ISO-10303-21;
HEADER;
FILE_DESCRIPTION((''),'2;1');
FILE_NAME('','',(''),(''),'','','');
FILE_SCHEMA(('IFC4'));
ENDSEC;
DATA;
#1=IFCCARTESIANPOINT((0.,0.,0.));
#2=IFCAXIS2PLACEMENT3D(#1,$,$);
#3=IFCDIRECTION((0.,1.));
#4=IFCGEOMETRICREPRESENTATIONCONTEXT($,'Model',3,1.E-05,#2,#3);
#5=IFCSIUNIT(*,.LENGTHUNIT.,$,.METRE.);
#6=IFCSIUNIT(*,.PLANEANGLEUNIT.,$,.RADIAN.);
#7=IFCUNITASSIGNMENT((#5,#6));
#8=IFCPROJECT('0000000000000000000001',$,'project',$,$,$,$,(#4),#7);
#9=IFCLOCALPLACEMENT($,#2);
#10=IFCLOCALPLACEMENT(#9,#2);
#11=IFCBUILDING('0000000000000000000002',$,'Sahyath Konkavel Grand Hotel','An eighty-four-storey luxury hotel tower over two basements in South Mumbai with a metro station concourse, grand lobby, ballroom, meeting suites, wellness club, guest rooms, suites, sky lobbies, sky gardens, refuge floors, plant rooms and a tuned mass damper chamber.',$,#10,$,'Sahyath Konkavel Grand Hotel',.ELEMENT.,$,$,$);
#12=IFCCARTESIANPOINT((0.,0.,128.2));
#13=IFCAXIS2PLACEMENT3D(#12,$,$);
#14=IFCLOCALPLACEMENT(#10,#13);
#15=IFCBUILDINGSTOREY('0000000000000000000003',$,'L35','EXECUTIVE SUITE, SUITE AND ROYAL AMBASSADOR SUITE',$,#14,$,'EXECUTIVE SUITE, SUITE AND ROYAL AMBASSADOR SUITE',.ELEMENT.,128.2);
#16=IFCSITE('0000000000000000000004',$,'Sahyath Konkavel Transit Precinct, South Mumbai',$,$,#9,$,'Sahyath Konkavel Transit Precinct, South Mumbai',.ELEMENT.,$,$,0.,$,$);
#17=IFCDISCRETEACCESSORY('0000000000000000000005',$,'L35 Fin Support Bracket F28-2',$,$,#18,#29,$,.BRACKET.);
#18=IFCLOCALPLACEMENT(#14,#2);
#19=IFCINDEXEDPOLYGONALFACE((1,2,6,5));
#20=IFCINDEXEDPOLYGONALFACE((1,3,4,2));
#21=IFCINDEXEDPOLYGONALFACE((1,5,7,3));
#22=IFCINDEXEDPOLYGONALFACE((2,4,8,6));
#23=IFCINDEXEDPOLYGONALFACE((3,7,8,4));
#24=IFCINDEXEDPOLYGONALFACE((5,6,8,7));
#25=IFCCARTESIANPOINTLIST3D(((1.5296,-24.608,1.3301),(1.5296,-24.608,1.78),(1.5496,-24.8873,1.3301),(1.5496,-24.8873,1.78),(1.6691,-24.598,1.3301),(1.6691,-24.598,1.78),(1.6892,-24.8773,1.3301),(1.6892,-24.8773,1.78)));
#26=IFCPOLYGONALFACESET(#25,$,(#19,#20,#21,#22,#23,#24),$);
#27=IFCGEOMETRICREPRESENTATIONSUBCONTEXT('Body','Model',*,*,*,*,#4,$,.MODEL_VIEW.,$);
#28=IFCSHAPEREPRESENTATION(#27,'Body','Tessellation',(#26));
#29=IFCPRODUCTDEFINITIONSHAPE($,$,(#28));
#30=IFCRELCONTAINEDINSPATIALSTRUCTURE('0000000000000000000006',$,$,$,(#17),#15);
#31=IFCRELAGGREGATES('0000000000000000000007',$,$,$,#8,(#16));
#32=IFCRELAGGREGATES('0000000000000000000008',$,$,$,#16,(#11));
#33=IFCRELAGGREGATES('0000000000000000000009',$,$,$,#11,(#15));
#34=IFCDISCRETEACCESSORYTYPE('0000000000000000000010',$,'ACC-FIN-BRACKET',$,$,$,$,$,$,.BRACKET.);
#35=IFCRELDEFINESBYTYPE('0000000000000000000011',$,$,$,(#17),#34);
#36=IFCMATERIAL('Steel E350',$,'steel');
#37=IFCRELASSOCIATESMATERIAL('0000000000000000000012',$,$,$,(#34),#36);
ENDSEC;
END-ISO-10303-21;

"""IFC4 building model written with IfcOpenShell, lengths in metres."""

from ifc_helpers import new_model, si_unit, direction, frame, origin, origin_2d, place, context, subcontext, project, spatial, rectangle, extrude, source, transform, mapped, material, type_object, element, save


model = new_model("IFC4")

# Units and contexts
model_context = context("Model", 3, precision=1e-05, world=origin(), true_north=direction((0.0, 1.0)))
body_context = subcontext(model_context, "Body", "Model", "MODEL_VIEW")
ifc_project = project(units=[si_unit("LENGTHUNIT", "METRE"), si_unit("PLANEANGLEUNIT", "RADIAN")], contexts=[model_context])

# Site, building, storey
site_placement = place(None, origin())
site = spatial("IfcSite", under=ifc_project, at=site_placement, Name="Sahyath Konkavel Transit Precinct, South Mumbai", LongName="Sahyath Konkavel Transit Precinct, South Mumbai", CompositionType="ELEMENT", RefElevation=0.0)
building_placement = place(site_placement, origin())
building = spatial("IfcBuilding", under=site, at=building_placement, Name="Sahyath Konkavel Grand Hotel", Description="An eighty-four-storey luxury hotel tower over two basements in South Mumbai with a metro station concourse, grand lobby, ballroom, meeting suites, wellness club, guest rooms, suites, sky lobbies, sky gardens, refuge floors, plant rooms and a tuned mass damper chamber.", LongName="Sahyath Konkavel Grand Hotel", CompositionType="ELEMENT")
storey_placement = place(building_placement, frame((0.0, 0.0, 128.2)))
storey = spatial("IfcBuildingStorey", under=building, at=storey_placement, Name="L35", Description="EXECUTIVE SUITE, SUITE AND ROYAL AMBASSADOR SUITE", LongName="EXECUTIVE SUITE, SUITE AND ROYAL AMBASSADOR SUITE", CompositionType="ELEMENT", Elevation=128.2)

# Discrete accessory
ifc_material_1 = material(Name="Steel E350", Category="steel")
discrete_accessory_type = type_object("IfcDiscreteAccessoryType", Name="ACC-FIN-BRACKET", PredefinedType="BRACKET", material=ifc_material_1)
shared_shape_1 = source(origin(), body_context, "Body", "SweptSolid", [
    extrude(rectangle(XDim=0.28, YDim=0.1399, at=origin_2d()), origin(), (0.0, 0.0, 1.0), 0.45),
])
discrete_accessory_placement = place(storey_placement, frame((1.6094, -24.7427, 1.3301), z_axis=(0.0, 0.0, 1.0), x_axis=(0.071567, -0.997436, 0.0)))
element("IfcDiscreteAccessory", 1, at=discrete_accessory_placement, inside=storey, type_object=discrete_accessory_type, Name="L35 Fin Support Bracket F28-2", PredefinedType="BRACKET", context=body_context, shape_type="MappedRepresentation", body=[
    mapped(shared_shape_1, transform((0.0, 0.0, 0.0), scale=1.0)),
])

save(model, "model.ifc")
